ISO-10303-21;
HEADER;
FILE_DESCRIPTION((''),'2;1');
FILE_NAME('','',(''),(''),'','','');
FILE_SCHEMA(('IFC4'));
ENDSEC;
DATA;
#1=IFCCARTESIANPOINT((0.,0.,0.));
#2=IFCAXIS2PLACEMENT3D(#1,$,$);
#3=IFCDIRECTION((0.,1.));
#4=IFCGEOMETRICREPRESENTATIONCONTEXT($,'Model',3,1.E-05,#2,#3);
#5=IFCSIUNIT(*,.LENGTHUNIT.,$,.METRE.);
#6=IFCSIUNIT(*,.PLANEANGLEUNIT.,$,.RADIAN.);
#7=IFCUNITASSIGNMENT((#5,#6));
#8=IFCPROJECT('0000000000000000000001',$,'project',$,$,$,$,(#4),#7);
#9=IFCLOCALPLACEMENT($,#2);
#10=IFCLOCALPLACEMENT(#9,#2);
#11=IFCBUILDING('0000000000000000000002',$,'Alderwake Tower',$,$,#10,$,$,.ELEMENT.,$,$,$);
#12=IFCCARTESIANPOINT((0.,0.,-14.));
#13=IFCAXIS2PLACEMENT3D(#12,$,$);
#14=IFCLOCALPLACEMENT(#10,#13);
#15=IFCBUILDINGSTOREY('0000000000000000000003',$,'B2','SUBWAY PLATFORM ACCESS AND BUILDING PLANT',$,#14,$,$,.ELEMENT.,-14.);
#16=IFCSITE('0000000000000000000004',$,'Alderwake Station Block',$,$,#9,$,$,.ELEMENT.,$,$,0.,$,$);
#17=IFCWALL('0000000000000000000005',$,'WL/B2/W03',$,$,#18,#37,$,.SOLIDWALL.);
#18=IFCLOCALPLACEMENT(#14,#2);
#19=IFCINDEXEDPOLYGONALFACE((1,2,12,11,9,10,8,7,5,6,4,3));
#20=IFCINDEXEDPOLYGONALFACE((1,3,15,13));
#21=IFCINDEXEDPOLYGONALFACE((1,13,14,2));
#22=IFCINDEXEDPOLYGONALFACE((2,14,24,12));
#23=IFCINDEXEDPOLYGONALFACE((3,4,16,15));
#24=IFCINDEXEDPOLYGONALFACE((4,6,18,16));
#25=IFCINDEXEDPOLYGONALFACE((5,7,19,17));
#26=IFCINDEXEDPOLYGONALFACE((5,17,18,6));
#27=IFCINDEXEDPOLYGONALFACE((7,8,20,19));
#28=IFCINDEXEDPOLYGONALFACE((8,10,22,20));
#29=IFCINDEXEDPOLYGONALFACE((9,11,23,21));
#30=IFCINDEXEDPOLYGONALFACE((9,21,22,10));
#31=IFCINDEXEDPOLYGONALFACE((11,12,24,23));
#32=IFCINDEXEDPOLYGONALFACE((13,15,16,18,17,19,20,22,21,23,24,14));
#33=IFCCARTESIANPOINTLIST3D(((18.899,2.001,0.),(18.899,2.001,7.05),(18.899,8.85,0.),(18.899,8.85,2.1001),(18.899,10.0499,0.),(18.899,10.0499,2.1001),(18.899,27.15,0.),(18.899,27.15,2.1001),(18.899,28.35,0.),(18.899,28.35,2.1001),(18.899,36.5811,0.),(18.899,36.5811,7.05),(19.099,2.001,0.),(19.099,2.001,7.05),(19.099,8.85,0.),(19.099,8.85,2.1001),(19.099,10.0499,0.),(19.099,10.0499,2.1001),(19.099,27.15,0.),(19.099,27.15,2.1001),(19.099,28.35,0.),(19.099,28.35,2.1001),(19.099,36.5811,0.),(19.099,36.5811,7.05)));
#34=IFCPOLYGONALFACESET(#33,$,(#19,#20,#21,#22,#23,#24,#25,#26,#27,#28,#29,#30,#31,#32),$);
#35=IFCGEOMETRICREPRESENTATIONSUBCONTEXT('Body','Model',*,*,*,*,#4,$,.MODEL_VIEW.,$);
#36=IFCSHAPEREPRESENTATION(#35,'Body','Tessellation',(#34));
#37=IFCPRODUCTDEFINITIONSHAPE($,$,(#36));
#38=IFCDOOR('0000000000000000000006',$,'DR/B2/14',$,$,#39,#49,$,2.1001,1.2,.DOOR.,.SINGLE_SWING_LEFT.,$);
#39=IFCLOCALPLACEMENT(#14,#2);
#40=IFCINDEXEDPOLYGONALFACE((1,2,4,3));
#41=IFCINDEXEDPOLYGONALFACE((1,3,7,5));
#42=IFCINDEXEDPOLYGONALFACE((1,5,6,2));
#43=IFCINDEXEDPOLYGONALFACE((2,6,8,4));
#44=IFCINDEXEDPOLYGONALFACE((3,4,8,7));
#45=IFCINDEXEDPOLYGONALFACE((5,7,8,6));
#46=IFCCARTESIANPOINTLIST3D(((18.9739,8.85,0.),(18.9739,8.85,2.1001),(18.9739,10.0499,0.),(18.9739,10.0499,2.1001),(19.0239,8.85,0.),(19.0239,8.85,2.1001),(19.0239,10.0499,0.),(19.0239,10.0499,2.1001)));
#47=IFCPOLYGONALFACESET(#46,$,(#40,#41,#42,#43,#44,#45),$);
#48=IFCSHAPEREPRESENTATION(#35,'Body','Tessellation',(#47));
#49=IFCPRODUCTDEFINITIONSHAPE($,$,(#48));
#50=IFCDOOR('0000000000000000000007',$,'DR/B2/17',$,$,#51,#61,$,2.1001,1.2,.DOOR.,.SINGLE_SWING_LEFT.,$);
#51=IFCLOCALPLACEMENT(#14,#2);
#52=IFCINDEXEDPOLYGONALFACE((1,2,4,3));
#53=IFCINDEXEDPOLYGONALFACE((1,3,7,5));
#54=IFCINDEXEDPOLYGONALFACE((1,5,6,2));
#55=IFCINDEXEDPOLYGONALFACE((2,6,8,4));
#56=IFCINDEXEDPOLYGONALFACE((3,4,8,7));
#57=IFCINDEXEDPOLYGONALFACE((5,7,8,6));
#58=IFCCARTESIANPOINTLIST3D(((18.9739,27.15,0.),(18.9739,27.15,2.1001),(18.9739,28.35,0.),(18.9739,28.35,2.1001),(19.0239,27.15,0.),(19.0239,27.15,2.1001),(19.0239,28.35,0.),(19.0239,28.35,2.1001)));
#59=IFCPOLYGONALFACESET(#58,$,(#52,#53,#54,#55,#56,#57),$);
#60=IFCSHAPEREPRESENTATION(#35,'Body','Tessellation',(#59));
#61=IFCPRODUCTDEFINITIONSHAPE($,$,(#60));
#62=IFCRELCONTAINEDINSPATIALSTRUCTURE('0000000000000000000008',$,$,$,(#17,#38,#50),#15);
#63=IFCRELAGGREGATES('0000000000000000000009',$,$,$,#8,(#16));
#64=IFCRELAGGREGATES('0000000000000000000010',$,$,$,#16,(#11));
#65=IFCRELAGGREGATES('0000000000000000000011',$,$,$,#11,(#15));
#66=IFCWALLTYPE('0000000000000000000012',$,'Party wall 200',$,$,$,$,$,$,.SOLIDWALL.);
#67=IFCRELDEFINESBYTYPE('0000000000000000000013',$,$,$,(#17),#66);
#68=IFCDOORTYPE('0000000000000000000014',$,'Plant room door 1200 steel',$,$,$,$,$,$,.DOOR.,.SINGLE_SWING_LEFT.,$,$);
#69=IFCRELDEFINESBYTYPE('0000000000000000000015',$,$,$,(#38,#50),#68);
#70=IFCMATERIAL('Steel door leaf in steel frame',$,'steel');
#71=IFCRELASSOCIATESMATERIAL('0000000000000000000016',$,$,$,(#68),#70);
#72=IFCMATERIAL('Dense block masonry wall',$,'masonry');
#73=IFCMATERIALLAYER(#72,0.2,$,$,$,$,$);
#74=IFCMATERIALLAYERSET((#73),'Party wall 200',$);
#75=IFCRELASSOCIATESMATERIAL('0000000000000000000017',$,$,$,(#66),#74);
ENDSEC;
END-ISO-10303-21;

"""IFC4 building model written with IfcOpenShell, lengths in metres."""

from ifc_helpers import new_model, si_unit, direction, frame, frame_2d, origin, place, context, subcontext, project, spatial, rectangle, extrude, material, layer, layer_set, type_object, element, fill, save


model = new_model("IFC4")

# Units and contexts
model_context = context("Model", 3, precision=1e-05, world=origin(), true_north=direction((0.0, 1.0)))
body_context = subcontext(model_context, "Body", "Model", "MODEL_VIEW")
ifc_project = project(units=[si_unit("LENGTHUNIT", "METRE"), si_unit("PLANEANGLEUNIT", "RADIAN")], contexts=[model_context])

# Site, building, storey
site_placement = place(None, origin())
site = spatial("IfcSite", under=ifc_project, at=site_placement, Name="Alderwake Station Block", CompositionType="ELEMENT", RefElevation=0.0)
building_placement = place(site_placement, origin())
building = spatial("IfcBuilding", under=site, at=building_placement, Name="Alderwake Tower", CompositionType="ELEMENT")
storey_placement = place(building_placement, frame((0.0, 0.0, -14.0)))
storey = spatial("IfcBuildingStorey", under=building, at=storey_placement, Name="B2", Description="SUBWAY PLATFORM ACCESS AND BUILDING PLANT", CompositionType="ELEMENT", Elevation=-14.0)

# Shared definitions
ifc_material_1 = material(Name="Steel door leaf in steel frame", Category="steel")
door_type_1 = type_object("IfcDoorType", Name="Plant room door 1200 steel", OperationType="SINGLE_SWING_LEFT", PredefinedType="DOOR", material=ifc_material_1)

# Wall, openings, doors
ifc_material_2 = material(Name="Dense block masonry wall", Category="masonry")
ifc_layer_1 = layer(ifc_material_2, 0.2)
ifc_layer_set_1 = layer_set([ifc_layer_1], Name="Party wall 200")
wall_type_1 = type_object("IfcWallType", Name="Party wall 200", PredefinedType="SOLIDWALL", material=ifc_layer_set_1)
wall_1_placement = place(storey_placement, frame((18.999, 36.5811, 0.0), z_axis=(0.0, 0.0, 1.0), x_axis=(0.0, -1.0, 0.0)))
wall_1 = element("IfcWall", 1, at=wall_1_placement, inside=storey, type_object=wall_type_1, Name="WL/B2/W03", PredefinedType="SOLIDWALL", context=body_context, shape_type="SweptSolid", body=[
    extrude(rectangle(XDim=34.5801, YDim=0.2, at=frame_2d((17.29, 0.0))), origin(), (0.0, 0.0, 1.0), 7.05),
])
opening_1_placement = place(wall_1_placement, frame((26.531, 0.0, 0.0)))
opening_1 = element("IfcOpeningElement", 2, at=opening_1_placement, cuts=wall_1, PredefinedType="OPENING", context=body_context, shape_type="SweptSolid", body=[
    extrude(rectangle(XDim=1.2, YDim=2.1001, at=frame_2d((0.6001, 1.05))), frame((0.0, 0.1099, 0.0), z_axis=(0.0, -1.0, 0.0), x_axis=(1.0, 0.0, 0.0)), (0.0, 0.0, 1.0), 0.22),
])
opening_2_placement = place(wall_1_placement, frame((8.231, 0.0, 0.0)))
opening_2 = element("IfcOpeningElement", 3, at=opening_2_placement, cuts=wall_1, PredefinedType="OPENING", context=body_context, shape_type="SweptSolid", body=[
    extrude(rectangle(XDim=1.2, YDim=2.1001, at=frame_2d((0.6001, 1.05))), frame((0.0, 0.1099, 0.0), z_axis=(0.0, -1.0, 0.0), x_axis=(1.0, 0.0, 0.0)), (0.0, 0.0, 1.0), 0.22),
])
door_1_placement = place(opening_1_placement, origin())
door_1 = element("IfcDoor", 4, at=door_1_placement, inside=storey, type_object=door_type_1, Name="DR/B2/14", OperationType="SINGLE_SWING_LEFT", OverallHeight=2.1001, OverallWidth=1.2, PredefinedType="DOOR", context=body_context, shape_type="SweptSolid", body=[
    extrude(rectangle(XDim=1.2, YDim=2.1001, at=frame_2d((0.6001, 1.05))), frame((0.0, 0.0249, 0.0), z_axis=(0.0, -1.0, 0.0), x_axis=(1.0, 0.0, 0.0)), (0.0, 0.0, 1.0), 0.05),
])
fill(opening_1, door_1)
door_2_placement = place(opening_2_placement, origin())
door_2 = element("IfcDoor", 5, at=door_2_placement, inside=storey, type_object=door_type_1, Name="DR/B2/17", OperationType="SINGLE_SWING_LEFT", OverallHeight=2.1001, OverallWidth=1.2, PredefinedType="DOOR", context=body_context, shape_type="SweptSolid", body=[
    extrude(rectangle(XDim=1.2, YDim=2.1001, at=frame_2d((0.6001, 1.05))), frame((0.0, 0.0249, 0.0), z_axis=(0.0, -1.0, 0.0), x_axis=(1.0, 0.0, 0.0)), (0.0, 0.0, 1.0), 0.05),
])
fill(opening_2, door_2)

save(model, "model.ifc")
